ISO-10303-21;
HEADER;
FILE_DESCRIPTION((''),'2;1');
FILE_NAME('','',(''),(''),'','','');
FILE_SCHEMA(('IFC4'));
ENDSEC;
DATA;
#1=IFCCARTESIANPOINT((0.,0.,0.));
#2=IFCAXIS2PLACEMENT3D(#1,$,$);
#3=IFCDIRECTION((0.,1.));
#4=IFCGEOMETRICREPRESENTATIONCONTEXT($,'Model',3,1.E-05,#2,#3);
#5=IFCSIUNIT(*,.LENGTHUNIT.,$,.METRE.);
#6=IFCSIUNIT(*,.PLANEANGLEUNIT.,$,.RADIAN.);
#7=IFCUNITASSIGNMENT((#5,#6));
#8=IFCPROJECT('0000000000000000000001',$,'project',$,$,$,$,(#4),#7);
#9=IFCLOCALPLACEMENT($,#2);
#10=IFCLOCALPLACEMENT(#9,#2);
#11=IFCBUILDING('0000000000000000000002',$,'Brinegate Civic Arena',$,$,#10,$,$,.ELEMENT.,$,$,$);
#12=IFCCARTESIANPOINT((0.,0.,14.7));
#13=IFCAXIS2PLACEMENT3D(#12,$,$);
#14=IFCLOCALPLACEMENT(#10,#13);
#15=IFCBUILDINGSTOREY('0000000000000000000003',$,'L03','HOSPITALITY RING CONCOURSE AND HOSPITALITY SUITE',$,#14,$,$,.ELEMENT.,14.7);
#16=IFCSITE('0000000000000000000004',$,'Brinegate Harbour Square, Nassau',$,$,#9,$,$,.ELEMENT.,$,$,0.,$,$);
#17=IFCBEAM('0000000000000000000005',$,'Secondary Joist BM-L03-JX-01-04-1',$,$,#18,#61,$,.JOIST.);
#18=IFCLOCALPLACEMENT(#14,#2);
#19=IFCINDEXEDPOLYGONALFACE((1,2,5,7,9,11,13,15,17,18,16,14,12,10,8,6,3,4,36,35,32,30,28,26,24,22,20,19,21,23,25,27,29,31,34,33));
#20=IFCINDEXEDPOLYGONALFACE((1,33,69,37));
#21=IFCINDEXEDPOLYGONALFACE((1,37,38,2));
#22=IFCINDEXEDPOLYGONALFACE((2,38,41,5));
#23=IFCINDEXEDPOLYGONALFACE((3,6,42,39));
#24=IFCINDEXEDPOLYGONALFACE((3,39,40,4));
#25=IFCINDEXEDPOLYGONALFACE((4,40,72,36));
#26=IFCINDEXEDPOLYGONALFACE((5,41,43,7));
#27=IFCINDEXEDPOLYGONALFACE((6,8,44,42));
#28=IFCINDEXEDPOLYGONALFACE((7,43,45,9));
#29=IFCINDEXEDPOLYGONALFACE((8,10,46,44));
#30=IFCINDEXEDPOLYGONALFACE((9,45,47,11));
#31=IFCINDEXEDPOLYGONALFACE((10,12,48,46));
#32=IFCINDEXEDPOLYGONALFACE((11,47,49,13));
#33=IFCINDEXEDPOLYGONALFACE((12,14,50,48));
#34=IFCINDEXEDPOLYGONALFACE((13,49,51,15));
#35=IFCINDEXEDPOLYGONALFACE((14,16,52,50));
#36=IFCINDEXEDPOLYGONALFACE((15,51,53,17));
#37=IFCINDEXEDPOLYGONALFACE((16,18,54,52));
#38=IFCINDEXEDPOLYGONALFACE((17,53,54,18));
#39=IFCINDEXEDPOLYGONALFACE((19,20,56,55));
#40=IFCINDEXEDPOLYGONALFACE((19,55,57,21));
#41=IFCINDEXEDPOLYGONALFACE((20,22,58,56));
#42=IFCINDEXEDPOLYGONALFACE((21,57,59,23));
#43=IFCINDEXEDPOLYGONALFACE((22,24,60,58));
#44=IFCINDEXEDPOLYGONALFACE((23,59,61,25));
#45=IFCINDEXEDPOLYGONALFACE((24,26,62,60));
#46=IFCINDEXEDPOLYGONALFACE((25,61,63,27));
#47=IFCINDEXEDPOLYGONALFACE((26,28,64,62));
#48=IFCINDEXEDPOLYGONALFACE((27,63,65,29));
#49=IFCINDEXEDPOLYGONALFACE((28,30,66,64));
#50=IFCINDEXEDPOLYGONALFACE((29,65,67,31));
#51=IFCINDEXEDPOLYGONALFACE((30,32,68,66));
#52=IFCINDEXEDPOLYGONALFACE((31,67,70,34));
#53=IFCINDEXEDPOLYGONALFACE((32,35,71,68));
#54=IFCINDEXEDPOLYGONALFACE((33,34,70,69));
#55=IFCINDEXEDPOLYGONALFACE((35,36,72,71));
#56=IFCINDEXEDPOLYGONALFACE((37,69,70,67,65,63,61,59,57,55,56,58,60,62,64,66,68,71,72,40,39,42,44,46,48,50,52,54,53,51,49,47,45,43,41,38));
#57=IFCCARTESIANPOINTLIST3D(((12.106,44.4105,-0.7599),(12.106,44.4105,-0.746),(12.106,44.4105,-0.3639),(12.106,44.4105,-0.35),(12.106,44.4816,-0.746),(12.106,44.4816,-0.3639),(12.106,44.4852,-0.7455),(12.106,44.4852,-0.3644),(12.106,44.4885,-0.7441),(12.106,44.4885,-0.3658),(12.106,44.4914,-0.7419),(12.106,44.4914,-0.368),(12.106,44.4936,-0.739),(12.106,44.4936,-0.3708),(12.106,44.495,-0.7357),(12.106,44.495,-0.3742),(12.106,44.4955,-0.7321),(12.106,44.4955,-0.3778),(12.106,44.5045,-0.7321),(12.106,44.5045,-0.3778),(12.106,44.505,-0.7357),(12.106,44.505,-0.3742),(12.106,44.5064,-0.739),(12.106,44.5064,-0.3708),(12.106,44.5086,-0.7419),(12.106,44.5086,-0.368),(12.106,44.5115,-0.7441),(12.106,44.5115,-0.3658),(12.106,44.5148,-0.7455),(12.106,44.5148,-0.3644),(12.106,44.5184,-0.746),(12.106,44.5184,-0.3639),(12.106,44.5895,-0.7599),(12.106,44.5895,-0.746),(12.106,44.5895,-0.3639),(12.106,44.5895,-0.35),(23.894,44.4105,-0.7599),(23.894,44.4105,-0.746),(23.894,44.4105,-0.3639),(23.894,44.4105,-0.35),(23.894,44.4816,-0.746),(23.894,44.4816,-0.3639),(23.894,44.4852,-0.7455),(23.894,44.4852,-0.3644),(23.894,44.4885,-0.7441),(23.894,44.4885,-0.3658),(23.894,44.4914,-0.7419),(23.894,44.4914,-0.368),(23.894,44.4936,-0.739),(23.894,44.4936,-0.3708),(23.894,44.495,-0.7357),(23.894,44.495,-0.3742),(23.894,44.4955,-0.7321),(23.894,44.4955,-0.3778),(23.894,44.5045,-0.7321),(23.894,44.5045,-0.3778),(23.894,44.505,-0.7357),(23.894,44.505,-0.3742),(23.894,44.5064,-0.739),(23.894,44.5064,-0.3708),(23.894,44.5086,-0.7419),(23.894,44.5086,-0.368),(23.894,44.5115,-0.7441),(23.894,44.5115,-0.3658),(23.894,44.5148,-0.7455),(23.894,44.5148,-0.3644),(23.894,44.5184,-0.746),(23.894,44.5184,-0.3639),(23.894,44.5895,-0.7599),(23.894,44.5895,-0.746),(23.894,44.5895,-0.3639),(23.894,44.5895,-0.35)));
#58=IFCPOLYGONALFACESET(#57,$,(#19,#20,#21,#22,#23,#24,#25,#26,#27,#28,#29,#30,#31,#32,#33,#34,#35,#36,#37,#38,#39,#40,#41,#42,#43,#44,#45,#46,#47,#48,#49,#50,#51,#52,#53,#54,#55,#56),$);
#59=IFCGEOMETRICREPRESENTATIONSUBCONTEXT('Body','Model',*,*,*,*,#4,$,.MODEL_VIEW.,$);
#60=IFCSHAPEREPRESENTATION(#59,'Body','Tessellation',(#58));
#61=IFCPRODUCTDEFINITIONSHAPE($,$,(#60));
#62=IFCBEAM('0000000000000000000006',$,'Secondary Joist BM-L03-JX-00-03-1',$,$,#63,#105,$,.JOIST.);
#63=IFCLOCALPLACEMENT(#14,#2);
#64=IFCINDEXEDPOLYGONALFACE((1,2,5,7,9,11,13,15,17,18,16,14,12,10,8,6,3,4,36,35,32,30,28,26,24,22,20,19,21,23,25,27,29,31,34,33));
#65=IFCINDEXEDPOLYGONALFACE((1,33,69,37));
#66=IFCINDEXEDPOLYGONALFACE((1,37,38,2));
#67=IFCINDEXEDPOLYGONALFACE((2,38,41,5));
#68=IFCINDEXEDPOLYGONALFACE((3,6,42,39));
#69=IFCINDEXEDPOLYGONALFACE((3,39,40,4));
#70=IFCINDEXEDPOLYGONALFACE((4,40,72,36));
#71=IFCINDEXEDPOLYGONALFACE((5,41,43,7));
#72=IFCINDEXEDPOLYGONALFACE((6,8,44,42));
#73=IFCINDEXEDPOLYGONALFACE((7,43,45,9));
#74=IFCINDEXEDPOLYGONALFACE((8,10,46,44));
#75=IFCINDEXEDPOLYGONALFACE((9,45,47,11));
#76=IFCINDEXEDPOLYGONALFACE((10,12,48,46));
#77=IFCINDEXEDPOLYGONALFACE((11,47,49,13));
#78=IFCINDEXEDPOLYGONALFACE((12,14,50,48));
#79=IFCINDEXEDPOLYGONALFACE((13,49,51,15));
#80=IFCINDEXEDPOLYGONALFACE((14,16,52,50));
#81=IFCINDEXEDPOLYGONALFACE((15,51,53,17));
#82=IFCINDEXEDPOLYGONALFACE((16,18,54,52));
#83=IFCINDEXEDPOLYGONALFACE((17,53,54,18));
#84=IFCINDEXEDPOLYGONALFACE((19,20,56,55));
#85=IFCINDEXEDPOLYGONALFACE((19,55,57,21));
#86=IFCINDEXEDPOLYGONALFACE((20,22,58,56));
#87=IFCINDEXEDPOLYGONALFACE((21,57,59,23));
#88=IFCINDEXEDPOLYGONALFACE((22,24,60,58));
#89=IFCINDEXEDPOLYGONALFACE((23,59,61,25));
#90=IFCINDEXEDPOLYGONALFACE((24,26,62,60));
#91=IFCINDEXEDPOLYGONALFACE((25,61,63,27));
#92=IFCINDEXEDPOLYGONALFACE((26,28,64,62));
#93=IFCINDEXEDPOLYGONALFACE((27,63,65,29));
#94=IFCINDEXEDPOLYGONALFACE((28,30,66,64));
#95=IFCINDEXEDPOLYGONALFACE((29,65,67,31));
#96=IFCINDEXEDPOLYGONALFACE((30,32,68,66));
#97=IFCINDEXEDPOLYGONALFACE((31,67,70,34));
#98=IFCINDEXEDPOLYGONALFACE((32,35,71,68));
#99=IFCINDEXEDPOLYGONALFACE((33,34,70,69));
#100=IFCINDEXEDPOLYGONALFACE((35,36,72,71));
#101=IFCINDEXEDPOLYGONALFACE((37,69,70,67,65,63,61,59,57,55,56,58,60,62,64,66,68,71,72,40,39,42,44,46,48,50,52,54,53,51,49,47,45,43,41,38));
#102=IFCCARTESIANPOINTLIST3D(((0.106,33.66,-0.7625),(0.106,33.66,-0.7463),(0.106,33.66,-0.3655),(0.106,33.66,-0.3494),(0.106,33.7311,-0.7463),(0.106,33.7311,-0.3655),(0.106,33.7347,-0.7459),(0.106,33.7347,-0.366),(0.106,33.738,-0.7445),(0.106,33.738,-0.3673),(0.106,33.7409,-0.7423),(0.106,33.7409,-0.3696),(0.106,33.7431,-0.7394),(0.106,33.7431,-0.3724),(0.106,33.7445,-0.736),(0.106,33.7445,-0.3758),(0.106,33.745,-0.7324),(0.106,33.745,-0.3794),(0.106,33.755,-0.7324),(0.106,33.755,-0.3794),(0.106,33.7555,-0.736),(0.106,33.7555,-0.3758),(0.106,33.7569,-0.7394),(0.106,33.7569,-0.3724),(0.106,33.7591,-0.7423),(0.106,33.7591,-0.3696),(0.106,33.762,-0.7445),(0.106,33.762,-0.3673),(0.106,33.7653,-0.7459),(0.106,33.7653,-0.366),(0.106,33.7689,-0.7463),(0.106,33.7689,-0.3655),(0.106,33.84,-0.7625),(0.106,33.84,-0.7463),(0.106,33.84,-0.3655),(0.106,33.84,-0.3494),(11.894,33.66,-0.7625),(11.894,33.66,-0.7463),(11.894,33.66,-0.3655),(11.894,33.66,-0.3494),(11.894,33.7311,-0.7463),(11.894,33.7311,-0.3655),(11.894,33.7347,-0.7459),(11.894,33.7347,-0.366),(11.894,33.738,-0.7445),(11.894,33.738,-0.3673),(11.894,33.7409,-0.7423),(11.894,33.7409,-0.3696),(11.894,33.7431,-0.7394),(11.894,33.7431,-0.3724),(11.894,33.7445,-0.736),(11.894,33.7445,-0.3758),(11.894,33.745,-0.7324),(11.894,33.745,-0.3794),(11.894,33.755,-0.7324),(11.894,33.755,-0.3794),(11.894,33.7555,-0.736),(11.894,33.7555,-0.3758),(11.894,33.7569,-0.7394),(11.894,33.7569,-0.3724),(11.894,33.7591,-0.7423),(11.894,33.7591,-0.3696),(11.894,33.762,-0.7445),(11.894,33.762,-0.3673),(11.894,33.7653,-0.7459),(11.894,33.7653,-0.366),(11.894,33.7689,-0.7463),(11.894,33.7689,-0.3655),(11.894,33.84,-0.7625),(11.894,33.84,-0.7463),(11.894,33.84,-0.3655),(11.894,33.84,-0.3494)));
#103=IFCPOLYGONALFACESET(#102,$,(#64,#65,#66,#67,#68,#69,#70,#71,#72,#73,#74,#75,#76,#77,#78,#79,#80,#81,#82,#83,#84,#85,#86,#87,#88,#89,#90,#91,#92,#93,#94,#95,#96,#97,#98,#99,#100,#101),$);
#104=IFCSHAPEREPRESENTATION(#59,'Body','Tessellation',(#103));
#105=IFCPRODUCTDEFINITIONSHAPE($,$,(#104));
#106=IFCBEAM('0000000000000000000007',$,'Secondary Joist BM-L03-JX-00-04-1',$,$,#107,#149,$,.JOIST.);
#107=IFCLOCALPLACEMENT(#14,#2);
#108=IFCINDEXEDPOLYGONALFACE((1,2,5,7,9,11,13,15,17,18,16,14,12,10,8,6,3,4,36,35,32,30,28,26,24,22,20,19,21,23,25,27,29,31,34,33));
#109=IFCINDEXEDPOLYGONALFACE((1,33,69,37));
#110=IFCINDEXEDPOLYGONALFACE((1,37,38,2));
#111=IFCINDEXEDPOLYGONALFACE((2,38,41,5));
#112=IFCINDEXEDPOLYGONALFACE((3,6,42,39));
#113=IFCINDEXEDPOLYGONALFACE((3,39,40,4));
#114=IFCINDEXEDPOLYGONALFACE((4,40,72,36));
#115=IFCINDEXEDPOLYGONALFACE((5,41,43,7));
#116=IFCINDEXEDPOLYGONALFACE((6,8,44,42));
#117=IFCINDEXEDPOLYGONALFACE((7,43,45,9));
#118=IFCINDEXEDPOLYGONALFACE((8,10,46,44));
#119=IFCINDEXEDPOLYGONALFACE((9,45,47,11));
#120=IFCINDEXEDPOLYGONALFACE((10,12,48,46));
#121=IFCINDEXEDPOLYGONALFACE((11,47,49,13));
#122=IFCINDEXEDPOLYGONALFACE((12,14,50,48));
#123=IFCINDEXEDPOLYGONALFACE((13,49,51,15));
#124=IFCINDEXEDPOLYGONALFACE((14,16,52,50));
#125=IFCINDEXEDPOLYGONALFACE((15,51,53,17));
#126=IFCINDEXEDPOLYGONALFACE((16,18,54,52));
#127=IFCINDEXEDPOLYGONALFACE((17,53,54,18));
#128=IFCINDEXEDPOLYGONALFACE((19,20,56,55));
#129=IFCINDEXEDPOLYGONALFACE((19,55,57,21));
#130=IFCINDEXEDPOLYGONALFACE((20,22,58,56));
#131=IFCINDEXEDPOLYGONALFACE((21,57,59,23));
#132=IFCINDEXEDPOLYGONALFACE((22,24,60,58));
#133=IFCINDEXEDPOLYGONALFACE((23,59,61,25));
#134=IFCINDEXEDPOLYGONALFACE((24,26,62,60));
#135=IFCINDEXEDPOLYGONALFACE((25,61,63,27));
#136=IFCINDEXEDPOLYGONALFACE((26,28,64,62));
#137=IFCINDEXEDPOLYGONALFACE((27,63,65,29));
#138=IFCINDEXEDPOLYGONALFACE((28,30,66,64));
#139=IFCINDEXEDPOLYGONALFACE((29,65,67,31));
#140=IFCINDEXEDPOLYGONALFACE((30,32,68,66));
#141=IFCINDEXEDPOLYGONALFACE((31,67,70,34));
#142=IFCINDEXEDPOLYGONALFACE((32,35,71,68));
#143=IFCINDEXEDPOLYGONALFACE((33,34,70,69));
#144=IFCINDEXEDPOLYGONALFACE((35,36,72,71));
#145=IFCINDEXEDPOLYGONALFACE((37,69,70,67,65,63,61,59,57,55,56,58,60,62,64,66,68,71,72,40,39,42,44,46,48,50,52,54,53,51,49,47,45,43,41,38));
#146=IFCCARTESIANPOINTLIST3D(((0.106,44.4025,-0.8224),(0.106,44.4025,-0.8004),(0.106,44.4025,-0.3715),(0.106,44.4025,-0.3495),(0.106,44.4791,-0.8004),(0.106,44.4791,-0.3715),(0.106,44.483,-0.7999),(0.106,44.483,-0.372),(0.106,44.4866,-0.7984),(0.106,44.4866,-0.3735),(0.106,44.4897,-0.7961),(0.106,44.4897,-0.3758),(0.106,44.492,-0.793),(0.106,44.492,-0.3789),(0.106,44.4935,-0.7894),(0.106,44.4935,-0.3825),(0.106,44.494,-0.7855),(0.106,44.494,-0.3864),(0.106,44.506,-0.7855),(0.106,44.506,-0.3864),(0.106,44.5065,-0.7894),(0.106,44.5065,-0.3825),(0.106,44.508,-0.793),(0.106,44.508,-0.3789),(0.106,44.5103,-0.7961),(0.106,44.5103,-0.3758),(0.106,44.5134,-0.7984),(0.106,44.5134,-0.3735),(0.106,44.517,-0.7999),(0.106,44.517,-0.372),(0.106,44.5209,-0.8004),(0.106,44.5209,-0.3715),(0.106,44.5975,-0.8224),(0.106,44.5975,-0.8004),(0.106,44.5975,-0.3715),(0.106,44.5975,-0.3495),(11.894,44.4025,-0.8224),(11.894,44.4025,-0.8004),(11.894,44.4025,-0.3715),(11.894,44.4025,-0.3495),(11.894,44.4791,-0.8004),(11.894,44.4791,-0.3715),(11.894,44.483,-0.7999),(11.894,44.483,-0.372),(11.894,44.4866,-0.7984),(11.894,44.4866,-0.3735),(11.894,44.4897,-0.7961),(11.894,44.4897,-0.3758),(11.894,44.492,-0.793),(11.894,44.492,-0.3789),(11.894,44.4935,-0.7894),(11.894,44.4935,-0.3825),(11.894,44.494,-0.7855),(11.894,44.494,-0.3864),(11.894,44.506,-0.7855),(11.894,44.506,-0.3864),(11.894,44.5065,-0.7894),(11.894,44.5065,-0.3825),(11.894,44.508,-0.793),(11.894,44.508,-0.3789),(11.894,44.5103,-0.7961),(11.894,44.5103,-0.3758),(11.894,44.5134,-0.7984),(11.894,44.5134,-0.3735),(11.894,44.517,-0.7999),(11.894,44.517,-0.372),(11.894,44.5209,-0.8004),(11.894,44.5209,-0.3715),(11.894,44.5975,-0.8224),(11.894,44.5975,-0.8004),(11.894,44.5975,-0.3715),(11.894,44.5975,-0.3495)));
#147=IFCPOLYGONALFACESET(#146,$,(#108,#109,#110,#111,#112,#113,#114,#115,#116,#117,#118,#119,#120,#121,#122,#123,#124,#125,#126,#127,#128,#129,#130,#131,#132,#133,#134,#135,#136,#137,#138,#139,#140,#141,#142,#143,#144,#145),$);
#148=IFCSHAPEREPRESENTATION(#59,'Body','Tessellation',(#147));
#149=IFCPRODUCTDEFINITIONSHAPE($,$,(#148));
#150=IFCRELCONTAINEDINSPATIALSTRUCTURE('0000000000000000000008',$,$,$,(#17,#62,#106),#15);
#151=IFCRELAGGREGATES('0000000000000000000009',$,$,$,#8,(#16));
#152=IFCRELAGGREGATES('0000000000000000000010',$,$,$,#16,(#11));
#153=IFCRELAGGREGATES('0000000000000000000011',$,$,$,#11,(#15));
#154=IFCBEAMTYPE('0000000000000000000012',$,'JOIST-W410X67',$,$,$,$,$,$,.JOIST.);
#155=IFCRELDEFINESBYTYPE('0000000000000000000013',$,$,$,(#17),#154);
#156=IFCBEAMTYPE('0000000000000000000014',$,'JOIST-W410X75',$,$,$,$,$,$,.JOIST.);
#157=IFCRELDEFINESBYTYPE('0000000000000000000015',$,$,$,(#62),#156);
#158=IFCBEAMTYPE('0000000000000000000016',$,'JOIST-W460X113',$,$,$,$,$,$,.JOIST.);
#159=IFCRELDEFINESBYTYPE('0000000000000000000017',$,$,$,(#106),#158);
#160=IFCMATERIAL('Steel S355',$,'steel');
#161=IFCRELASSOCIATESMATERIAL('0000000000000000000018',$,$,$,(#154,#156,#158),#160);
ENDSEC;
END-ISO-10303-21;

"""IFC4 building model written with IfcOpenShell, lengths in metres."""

from ifc_helpers import new_model, si_unit, direction, frame, origin, origin_2d, place, context, subcontext, project, spatial, i_section, extrude, material, material_profile, profile_set, type_object, element, save


model = new_model("IFC4")

# Units and contexts
model_context = context("Model", 3, precision=1e-05, world=origin(), true_north=direction((0.0, 1.0)))
body_context = subcontext(model_context, "Body", "Model", "MODEL_VIEW")
ifc_project = project(units=[si_unit("LENGTHUNIT", "METRE"), si_unit("PLANEANGLEUNIT", "RADIAN")], contexts=[model_context])

# Site, building, storey
site_placement = place(None, origin())
site = spatial("IfcSite", under=ifc_project, at=site_placement, Name="Brinegate Harbour Square, Nassau", CompositionType="ELEMENT", RefElevation=0.0)
building_placement = place(site_placement, origin())
building = spatial("IfcBuilding", under=site, at=building_placement, Name="Brinegate Civic Arena", CompositionType="ELEMENT")
storey_placement = place(building_placement, frame((0.0, 0.0, 14.7)))
storey = spatial("IfcBuildingStorey", under=building, at=storey_placement, Name="L03", Description="HOSPITALITY RING CONCOURSE AND HOSPITALITY SUITE", CompositionType="ELEMENT", Elevation=14.7)

# Beams
ifc_material_1 = material(Name="Steel S355", Category="steel")
ifc_material_profile_1 = material_profile(ifc_material_1, i_section(OverallWidth=0.179, OverallDepth=0.4099, WebThickness=0.009, FlangeThickness=0.0139, FilletRadius=0.0139, at=origin_2d()), Name="W410X67")
ifc_profile_set_1 = profile_set([ifc_material_profile_1], Name="Steel S355")
beam_type_1 = type_object("IfcBeamType", Name="JOIST-W410X67", PredefinedType="JOIST", material=ifc_profile_set_1)
beam_1_placement = place(storey_placement, frame((12.106, 44.5, -0.5549), z_axis=(1.0, 0.0, 0.0), x_axis=(0.0, 1.0, 0.0)))
element("IfcBeam", 1, at=beam_1_placement, inside=storey, type_object=beam_type_1, Name="Secondary Joist BM-L03-JX-01-04-1", PredefinedType="JOIST", context=body_context, shape_type="SweptSolid", body=[
    extrude(i_section(OverallWidth=0.179, OverallDepth=0.4099, WebThickness=0.009, FlangeThickness=0.0139, FilletRadius=0.0139, at=origin_2d()), origin(), (0.0, 0.0, 1.0), 11.7881),
])
ifc_material_profile_2 = material_profile(ifc_material_1, i_section(OverallWidth=0.1799, OverallDepth=0.4131, WebThickness=0.01, FlangeThickness=0.0161, FilletRadius=0.0139, at=origin_2d()), Name="W410X75")
ifc_profile_set_2 = profile_set([ifc_material_profile_2], Name="Steel S355")
beam_type_2 = type_object("IfcBeamType", Name="JOIST-W410X75", PredefinedType="JOIST", material=ifc_profile_set_2)
beam_2_placement = place(storey_placement, frame((0.106, 33.75, -0.5559), z_axis=(1.0, 0.0, 0.0), x_axis=(0.0, 1.0, 0.0)))
element("IfcBeam", 2, at=beam_2_placement, inside=storey, type_object=beam_type_2, Name="Secondary Joist BM-L03-JX-00-03-1", PredefinedType="JOIST", context=body_context, shape_type="SweptSolid", body=[
    extrude(i_section(OverallWidth=0.1799, OverallDepth=0.4131, WebThickness=0.01, FlangeThickness=0.0161, FilletRadius=0.0139, at=origin_2d()), origin(), (0.0, 0.0, 1.0), 11.7881),
])
ifc_material_profile_3 = material_profile(ifc_material_1, i_section(OverallWidth=0.1951, OverallDepth=0.4729, WebThickness=0.012, FlangeThickness=0.022, FilletRadius=0.0149, at=origin_2d()), Name="W460X113")
ifc_profile_set_3 = profile_set([ifc_material_profile_3], Name="Steel S355")
beam_type_3 = type_object("IfcBeamType", Name="JOIST-W460X113", PredefinedType="JOIST", material=ifc_profile_set_3)
beam_3_placement = place(storey_placement, frame((0.106, 44.5, -0.5859), z_axis=(1.0, 0.0, 0.0), x_axis=(0.0, 1.0, 0.0)))
element("IfcBeam", 3, at=beam_3_placement, inside=storey, type_object=beam_type_3, Name="Secondary Joist BM-L03-JX-00-04-1", PredefinedType="JOIST", context=body_context, shape_type="SweptSolid", body=[
    extrude(i_section(OverallWidth=0.1951, OverallDepth=0.4729, WebThickness=0.012, FlangeThickness=0.022, FilletRadius=0.0149, at=origin_2d()), origin(), (0.0, 0.0, 1.0), 11.7881),
])

save(model, "model.ifc")
